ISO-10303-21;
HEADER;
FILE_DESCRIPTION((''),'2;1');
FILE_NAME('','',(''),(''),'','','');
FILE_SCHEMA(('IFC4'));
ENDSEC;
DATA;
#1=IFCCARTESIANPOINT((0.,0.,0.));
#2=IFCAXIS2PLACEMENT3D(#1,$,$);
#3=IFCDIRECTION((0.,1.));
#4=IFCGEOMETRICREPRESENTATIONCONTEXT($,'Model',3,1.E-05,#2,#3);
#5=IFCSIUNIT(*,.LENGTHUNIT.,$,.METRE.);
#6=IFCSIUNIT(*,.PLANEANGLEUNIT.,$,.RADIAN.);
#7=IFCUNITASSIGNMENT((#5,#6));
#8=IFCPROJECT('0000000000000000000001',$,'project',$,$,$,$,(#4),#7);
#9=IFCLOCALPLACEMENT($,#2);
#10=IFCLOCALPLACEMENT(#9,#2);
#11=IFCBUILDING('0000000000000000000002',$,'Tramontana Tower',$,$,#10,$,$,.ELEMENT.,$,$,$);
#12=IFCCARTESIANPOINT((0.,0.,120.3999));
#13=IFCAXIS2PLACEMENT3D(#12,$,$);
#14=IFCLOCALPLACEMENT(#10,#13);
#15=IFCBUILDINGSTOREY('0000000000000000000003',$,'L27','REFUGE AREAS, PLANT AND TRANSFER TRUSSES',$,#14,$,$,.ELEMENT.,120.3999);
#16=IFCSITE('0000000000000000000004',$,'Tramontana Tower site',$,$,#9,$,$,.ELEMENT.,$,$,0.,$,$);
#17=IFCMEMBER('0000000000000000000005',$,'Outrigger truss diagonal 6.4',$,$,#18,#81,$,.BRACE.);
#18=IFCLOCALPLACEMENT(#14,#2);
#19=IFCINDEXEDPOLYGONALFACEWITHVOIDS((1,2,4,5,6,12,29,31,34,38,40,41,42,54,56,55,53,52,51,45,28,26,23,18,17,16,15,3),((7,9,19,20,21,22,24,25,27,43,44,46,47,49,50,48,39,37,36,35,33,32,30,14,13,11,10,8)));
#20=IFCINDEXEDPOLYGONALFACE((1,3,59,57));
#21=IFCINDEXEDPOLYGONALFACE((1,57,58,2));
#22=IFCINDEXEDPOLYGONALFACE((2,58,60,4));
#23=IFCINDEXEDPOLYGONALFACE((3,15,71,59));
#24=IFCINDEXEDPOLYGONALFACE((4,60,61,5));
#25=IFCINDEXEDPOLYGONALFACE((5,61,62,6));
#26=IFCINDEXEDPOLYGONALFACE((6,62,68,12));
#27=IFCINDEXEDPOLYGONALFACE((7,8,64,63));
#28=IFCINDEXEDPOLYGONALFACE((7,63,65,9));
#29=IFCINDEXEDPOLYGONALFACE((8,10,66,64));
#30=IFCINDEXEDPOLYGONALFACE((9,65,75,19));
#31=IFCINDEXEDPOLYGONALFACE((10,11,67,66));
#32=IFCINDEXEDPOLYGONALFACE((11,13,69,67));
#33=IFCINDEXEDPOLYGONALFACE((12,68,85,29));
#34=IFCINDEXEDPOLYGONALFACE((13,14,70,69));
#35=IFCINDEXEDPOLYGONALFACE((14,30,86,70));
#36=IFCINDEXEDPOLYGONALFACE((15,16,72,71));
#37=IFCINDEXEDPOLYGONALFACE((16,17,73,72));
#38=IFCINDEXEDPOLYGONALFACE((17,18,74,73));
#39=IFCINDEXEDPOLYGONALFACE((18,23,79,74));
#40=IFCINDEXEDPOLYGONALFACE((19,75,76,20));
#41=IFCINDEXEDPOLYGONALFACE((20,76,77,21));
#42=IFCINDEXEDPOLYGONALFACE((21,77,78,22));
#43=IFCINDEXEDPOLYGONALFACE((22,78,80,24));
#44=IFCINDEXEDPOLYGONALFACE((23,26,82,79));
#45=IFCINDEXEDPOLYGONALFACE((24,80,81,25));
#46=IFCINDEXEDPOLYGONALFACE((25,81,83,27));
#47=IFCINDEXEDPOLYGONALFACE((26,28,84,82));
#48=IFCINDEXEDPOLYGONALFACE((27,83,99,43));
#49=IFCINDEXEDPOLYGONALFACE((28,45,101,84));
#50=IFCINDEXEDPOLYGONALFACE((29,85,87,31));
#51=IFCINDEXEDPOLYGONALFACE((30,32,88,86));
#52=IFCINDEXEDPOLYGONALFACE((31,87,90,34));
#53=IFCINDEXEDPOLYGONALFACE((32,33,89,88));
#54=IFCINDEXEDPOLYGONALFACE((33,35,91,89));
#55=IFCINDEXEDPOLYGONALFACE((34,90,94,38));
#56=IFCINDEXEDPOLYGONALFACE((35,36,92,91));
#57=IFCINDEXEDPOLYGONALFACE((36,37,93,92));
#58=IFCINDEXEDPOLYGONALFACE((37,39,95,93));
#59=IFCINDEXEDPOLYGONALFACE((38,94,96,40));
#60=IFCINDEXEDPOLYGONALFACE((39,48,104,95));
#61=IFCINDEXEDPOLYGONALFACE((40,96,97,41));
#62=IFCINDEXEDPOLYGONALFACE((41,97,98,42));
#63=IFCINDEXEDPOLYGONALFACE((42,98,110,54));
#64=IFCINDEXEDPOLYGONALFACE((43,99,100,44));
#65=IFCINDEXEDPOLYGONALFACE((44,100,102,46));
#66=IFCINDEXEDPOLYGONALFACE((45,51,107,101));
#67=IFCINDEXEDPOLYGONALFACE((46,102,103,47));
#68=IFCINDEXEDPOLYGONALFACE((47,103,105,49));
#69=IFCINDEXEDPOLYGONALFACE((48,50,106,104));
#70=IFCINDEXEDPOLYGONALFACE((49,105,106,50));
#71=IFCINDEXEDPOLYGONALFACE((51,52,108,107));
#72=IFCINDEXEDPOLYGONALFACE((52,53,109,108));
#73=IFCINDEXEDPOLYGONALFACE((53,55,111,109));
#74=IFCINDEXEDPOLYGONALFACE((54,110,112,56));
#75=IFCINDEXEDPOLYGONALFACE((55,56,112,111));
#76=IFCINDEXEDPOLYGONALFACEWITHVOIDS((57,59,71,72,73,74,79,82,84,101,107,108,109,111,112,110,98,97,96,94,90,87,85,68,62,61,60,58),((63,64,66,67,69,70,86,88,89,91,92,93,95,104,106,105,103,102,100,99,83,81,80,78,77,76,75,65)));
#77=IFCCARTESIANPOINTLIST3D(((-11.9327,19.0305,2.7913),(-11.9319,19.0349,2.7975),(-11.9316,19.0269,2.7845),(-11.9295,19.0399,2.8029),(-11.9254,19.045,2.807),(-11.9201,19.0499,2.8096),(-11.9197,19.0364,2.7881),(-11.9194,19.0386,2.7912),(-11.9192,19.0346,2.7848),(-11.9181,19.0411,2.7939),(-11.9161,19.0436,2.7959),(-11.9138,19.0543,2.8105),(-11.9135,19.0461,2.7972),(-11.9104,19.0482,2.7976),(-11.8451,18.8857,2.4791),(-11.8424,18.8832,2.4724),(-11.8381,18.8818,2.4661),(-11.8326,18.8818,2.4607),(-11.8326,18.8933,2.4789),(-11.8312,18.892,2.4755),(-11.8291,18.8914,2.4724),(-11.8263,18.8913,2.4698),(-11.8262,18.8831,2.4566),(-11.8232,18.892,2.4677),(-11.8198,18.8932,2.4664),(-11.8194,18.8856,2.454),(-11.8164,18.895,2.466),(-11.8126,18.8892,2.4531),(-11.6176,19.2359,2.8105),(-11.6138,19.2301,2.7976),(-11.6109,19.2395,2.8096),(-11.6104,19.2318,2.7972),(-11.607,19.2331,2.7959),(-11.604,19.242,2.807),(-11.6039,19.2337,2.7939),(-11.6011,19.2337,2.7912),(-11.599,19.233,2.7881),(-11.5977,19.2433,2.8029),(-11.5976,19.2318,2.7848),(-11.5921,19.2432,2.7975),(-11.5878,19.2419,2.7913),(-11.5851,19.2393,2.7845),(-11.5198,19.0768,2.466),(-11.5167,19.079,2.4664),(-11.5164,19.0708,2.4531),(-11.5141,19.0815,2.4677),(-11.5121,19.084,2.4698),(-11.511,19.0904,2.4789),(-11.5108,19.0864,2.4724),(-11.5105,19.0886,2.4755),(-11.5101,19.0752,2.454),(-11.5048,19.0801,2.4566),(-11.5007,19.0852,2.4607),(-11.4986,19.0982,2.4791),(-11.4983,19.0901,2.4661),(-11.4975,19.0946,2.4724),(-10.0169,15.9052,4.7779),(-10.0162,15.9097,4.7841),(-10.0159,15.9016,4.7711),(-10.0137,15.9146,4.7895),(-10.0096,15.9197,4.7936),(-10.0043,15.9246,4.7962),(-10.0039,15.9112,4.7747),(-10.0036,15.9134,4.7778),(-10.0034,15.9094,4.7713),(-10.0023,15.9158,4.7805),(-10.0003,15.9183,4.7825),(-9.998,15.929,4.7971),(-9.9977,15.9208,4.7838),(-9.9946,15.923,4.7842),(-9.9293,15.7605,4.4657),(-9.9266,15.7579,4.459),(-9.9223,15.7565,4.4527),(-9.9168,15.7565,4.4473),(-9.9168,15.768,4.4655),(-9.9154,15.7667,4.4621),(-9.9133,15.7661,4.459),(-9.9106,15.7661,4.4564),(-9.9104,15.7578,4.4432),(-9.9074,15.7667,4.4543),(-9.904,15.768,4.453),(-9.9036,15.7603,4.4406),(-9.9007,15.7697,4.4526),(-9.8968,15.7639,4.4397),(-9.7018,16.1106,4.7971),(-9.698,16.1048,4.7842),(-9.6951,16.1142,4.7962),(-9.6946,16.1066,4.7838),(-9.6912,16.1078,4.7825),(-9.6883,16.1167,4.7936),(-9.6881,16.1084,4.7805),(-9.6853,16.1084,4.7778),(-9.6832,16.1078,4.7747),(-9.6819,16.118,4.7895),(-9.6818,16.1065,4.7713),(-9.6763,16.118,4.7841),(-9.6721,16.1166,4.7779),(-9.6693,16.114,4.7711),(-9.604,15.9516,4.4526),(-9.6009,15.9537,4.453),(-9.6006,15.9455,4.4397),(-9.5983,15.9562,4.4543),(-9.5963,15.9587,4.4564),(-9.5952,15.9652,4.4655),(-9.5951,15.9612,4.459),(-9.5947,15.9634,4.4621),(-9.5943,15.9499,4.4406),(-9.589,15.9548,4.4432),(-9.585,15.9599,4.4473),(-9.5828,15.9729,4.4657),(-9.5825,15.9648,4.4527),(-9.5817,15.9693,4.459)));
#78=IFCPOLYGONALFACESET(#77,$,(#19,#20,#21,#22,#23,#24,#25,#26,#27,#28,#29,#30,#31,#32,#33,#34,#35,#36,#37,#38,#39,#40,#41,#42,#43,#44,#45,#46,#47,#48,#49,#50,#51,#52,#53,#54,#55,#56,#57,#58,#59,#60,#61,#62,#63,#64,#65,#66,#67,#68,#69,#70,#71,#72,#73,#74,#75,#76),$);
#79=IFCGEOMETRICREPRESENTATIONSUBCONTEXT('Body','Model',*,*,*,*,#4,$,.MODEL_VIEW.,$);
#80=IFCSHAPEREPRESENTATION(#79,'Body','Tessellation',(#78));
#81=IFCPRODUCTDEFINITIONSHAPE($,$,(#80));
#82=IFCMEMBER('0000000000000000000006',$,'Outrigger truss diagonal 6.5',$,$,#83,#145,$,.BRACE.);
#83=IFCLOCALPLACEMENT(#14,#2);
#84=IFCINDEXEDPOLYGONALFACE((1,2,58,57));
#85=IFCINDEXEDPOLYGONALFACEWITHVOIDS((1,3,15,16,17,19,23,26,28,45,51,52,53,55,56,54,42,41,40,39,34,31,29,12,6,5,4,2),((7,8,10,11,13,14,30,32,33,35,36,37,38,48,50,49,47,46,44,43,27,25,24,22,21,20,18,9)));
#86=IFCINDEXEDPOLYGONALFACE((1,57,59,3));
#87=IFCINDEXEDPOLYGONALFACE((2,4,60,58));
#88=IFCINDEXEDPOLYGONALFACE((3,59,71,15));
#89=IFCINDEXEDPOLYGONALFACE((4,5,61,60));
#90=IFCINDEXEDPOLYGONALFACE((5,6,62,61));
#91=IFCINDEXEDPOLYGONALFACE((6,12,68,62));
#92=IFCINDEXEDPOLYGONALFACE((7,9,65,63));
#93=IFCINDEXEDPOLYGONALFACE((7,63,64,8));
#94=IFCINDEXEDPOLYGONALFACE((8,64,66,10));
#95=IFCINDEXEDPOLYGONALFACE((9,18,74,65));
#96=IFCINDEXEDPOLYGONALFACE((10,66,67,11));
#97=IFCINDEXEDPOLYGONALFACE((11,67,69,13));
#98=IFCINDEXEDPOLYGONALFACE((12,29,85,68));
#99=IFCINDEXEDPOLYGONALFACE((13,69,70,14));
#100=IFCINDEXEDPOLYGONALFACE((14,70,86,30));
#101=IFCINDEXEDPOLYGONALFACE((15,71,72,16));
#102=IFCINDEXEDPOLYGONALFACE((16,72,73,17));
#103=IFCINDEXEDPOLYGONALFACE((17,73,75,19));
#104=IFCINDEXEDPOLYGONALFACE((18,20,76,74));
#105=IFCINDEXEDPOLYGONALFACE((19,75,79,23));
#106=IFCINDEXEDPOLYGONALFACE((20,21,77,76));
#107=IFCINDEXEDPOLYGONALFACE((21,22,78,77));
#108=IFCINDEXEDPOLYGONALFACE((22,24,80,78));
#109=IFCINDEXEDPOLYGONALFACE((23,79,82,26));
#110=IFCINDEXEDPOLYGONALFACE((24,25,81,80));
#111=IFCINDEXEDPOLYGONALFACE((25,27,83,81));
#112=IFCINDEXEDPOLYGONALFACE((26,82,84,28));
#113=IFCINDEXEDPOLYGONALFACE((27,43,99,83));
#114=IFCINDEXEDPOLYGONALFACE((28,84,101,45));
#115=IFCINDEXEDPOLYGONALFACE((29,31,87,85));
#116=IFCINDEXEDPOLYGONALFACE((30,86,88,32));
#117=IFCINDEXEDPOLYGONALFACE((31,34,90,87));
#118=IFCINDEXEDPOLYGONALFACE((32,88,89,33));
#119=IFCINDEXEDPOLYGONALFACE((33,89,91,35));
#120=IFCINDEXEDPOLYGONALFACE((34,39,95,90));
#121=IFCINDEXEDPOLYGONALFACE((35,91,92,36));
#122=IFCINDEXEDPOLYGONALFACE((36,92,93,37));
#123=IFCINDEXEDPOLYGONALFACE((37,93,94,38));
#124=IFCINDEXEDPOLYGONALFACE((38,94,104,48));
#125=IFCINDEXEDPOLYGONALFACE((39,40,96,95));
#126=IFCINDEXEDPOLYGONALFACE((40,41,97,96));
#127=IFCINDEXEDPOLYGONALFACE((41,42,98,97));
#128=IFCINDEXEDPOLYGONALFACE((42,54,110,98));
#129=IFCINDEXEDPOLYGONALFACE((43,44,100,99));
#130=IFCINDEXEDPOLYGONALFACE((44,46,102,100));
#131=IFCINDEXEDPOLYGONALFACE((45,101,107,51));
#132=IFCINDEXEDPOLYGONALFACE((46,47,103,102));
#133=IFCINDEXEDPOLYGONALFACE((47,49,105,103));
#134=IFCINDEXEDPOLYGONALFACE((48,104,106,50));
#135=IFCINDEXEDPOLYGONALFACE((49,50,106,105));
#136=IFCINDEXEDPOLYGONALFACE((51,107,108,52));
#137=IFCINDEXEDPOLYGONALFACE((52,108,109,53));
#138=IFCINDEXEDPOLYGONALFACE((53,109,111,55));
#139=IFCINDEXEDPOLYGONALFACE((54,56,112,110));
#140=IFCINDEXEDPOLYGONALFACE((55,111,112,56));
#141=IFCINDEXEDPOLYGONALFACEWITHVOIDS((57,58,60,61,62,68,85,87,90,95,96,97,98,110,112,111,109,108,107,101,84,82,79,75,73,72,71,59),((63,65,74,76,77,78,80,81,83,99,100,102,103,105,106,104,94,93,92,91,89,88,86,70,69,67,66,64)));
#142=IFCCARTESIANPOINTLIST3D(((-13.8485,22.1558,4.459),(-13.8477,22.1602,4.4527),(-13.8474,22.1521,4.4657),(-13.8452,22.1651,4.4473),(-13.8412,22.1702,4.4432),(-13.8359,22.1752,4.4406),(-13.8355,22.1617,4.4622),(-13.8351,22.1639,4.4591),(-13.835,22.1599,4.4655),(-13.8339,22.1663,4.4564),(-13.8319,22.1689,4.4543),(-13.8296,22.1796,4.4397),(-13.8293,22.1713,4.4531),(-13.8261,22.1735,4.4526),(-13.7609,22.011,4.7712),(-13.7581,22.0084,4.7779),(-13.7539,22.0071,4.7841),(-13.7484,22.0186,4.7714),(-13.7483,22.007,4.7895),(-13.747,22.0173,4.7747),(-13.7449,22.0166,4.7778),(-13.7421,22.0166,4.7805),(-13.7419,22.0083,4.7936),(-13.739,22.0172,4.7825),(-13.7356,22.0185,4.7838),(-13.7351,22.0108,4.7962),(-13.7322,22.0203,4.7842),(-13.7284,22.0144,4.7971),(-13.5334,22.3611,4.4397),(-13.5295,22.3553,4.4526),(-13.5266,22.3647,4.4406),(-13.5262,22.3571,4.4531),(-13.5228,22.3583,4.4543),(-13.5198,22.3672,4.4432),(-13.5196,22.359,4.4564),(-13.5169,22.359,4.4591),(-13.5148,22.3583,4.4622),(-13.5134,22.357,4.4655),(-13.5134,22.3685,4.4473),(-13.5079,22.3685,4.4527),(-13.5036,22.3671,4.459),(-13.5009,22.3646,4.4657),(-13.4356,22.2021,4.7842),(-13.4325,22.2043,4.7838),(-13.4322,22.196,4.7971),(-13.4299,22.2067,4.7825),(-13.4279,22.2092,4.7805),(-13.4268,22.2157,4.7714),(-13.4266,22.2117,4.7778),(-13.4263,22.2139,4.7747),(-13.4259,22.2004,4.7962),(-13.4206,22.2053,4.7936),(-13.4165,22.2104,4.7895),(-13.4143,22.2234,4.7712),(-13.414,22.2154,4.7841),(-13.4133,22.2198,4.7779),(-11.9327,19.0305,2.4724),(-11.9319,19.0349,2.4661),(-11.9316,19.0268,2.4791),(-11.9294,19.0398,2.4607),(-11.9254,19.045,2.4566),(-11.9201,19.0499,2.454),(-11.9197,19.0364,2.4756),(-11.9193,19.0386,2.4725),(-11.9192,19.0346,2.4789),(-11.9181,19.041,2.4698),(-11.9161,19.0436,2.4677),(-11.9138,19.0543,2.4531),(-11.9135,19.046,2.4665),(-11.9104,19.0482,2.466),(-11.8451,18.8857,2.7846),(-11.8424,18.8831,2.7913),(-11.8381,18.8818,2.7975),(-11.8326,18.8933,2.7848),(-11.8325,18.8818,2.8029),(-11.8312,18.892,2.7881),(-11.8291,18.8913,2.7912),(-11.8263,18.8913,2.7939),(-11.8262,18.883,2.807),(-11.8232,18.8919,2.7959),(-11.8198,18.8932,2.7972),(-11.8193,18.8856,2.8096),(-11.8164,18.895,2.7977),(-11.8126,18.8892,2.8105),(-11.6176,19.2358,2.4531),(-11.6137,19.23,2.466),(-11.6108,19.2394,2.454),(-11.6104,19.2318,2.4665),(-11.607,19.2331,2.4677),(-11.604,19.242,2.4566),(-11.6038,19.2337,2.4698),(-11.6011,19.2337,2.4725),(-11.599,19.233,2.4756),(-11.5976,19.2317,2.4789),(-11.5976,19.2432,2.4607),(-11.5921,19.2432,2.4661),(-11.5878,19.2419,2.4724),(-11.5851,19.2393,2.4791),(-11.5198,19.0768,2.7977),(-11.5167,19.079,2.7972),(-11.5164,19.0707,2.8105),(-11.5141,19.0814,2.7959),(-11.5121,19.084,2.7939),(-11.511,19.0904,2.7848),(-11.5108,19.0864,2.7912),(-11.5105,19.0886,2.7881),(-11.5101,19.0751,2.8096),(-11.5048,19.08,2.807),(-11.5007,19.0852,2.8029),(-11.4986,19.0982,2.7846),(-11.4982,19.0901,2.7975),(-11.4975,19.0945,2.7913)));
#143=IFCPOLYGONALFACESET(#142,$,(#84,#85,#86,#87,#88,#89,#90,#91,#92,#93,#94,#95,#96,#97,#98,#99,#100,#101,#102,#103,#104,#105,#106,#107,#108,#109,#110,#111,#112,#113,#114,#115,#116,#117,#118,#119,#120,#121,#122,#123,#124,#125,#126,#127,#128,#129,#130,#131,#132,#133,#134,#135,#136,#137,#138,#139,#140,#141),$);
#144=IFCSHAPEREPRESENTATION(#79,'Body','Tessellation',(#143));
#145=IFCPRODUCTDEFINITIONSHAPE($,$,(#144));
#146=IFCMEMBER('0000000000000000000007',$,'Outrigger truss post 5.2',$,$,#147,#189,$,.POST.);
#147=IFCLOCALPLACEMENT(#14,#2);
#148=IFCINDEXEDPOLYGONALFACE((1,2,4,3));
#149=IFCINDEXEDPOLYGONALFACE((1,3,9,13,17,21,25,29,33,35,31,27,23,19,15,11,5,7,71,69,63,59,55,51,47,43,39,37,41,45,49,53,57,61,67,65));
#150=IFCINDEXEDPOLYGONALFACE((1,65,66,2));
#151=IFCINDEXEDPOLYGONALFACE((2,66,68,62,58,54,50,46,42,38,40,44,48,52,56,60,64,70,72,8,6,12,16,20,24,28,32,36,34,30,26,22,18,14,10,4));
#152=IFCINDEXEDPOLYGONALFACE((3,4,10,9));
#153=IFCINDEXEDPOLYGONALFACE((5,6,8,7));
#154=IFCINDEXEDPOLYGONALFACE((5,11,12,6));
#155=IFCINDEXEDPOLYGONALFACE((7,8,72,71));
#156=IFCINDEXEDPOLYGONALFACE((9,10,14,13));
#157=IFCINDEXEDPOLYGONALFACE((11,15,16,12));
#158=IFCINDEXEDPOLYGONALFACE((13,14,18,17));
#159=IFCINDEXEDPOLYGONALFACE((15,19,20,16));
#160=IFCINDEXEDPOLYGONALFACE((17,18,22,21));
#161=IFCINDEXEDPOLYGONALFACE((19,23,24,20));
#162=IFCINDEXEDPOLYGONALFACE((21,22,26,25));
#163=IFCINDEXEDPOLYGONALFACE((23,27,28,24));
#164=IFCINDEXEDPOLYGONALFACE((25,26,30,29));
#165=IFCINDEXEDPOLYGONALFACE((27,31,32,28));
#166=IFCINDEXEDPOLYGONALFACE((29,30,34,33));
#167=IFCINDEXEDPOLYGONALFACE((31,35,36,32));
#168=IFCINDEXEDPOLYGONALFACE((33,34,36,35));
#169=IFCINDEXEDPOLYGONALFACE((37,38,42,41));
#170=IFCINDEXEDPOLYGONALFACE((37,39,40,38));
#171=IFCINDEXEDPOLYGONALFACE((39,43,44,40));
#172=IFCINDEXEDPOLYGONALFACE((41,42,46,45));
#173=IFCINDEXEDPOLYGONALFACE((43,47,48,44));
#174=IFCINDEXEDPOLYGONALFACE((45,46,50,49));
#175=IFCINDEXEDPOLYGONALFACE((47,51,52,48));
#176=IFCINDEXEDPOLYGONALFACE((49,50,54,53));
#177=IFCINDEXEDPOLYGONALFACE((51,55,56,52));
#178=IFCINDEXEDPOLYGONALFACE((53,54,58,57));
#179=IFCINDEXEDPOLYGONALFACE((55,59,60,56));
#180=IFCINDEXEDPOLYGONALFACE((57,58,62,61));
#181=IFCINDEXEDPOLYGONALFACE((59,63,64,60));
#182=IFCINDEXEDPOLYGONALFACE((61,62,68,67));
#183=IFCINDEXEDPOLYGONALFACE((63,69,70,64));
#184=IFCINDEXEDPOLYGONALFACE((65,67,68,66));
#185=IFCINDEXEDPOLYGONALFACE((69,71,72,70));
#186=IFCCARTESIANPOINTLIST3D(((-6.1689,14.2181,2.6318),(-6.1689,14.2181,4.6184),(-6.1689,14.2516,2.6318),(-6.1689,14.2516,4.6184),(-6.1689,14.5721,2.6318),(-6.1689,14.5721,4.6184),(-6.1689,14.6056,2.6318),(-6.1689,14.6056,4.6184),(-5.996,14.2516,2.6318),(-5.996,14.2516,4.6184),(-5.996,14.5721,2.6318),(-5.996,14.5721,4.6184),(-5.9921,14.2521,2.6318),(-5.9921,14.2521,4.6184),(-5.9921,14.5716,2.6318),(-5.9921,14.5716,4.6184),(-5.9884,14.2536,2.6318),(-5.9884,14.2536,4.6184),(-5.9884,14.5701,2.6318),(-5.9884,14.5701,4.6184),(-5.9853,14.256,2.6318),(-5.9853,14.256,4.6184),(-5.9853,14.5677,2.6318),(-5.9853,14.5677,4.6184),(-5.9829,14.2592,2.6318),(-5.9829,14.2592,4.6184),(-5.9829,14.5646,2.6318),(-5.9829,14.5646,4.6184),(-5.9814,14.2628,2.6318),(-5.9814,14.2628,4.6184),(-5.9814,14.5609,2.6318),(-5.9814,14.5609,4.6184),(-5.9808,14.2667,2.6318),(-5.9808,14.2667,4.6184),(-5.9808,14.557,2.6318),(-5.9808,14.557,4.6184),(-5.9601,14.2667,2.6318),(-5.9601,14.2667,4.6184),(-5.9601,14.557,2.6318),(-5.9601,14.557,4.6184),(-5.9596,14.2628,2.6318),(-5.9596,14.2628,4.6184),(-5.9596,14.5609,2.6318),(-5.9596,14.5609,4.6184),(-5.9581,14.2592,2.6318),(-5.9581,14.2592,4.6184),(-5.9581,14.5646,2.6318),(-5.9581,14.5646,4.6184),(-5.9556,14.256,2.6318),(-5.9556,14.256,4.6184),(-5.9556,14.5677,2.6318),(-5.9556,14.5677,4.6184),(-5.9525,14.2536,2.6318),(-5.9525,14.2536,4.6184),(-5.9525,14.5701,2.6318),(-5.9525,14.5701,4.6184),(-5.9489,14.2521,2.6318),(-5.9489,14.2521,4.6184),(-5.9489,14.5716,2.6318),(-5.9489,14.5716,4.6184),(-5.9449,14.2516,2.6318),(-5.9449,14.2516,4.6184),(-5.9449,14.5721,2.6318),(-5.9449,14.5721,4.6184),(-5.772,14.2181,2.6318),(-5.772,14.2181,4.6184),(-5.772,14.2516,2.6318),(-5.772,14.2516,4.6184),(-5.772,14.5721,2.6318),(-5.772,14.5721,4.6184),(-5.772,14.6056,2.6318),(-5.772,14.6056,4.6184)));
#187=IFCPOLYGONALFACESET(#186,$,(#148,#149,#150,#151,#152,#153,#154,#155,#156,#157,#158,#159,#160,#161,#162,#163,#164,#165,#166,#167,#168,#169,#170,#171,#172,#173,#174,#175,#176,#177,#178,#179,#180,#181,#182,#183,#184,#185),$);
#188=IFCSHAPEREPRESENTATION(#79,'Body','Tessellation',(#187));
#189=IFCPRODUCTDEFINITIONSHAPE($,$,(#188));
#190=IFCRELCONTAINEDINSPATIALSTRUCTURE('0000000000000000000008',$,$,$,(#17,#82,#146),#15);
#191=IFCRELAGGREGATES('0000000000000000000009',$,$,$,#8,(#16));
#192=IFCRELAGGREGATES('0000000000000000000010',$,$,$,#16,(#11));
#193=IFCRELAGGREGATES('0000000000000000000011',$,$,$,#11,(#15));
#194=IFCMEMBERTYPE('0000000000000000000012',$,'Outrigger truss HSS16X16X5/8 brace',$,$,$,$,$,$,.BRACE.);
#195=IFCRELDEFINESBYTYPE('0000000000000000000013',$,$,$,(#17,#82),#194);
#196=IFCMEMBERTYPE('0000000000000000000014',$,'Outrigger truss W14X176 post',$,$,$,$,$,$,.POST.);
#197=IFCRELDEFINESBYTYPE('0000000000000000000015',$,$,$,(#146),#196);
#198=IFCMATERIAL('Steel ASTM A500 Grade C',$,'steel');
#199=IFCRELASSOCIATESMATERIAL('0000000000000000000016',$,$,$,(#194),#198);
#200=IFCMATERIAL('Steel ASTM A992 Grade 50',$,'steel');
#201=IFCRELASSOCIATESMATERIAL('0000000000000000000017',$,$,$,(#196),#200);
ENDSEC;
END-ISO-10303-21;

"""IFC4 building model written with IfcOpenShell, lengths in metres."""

from ifc_helpers import new_model, si_unit, direction, frame, origin, origin_2d, place, context, subcontext, project, spatial, hollow_rectangle, i_section, extrude, material, material_profile, profile_set, type_object, element, save


model = new_model("IFC4")

# Units and contexts
model_context = context("Model", 3, precision=1e-05, world=origin(), true_north=direction((0.0, 1.0)))
body_context = subcontext(model_context, "Body", "Model", "MODEL_VIEW")
ifc_project = project(units=[si_unit("LENGTHUNIT", "METRE"), si_unit("PLANEANGLEUNIT", "RADIAN")], contexts=[model_context])

# Site, building, storey
site_placement = place(None, origin())
site = spatial("IfcSite", under=ifc_project, at=site_placement, Name="Tramontana Tower site", CompositionType="ELEMENT", RefElevation=0.0)
building_placement = place(site_placement, origin())
building = spatial("IfcBuilding", under=site, at=building_placement, Name="Tramontana Tower", CompositionType="ELEMENT")
storey_placement = place(building_placement, frame((0.0, 0.0, 120.3999)))
storey = spatial("IfcBuildingStorey", under=building, at=storey_placement, Name="L27", Description="REFUGE AREAS, PLANT AND TRANSFER TRUSSES", CompositionType="ELEMENT", Elevation=120.3999)

# Members
ifc_material_1 = material(Name="Steel ASTM A500 Grade C", Category="steel")
ifc_material_profile_1 = material_profile(ifc_material_1, hollow_rectangle(XDim=0.4065, YDim=0.4065, WallThickness=0.0146, InnerFilletRadius=0.0146, OuterFilletRadius=0.0295, at=origin_2d()), Name="HSS16X16X5/8")
ifc_profile_set_1 = profile_set([ifc_material_profile_1], Name="Steel ASTM A500 Grade C")
member_type_1 = type_object("IfcMemberType", Name="Outrigger truss HSS16X16X5/8 brace", PredefinedType="BRACE", material=ifc_profile_set_1)
for number, where, z_axis, x_axis, name in (
    (1, (-9.7993, 15.9373, 4.6184), (-0.459485, 0.749569, -0.476466), (-0.852565, -0.522621, 0.0), "Outrigger truss diagonal 6.4"),
    (2, (-11.7151, 19.0625, 2.6318), (-0.459485, 0.749569, 0.476466), (-0.852565, -0.522621, 0.0), "Outrigger truss diagonal 6.5"),
):
    element("IfcMember", number, at=place(storey_placement, frame(where, z_axis=z_axis, x_axis=x_axis)), inside=storey, type_object=member_type_1, Name=name, PredefinedType="BRACE", context=body_context, shape_type="SweptSolid", body=[
        extrude(hollow_rectangle(XDim=0.4065, YDim=0.4065, WallThickness=0.0146, InnerFilletRadius=0.0146, OuterFilletRadius=0.0295, at=origin_2d()), origin(), (0.0, 0.0, 1.0), 4.1694),
    ])
ifc_material_2 = material(Name="Steel ASTM A992 Grade 50", Category="steel")
ifc_material_profile_2 = material_profile(ifc_material_2, i_section(OverallWidth=0.397, OverallDepth=0.3875, WebThickness=0.0208, FlangeThickness=0.0334, FilletRadius=0.0151, at=origin_2d()), Name="W14X176")
ifc_profile_set_2 = profile_set([ifc_material_profile_2], Name="Steel ASTM A992 Grade 50")
member_type_2 = type_object("IfcMemberType", Name="Outrigger truss W14X176 post", PredefinedType="POST", material=ifc_profile_set_2)
for number, where, z_axis, x_axis, name in (
    (3, (-5.9705, 14.4119, 2.6318), (0.0, 0.0, 1.0), (1.0, 0.0, 0.0), "Outrigger truss post 5.2"),
):
    element("IfcMember", number, at=place(storey_placement, frame(where, z_axis=z_axis, x_axis=x_axis)), inside=storey, type_object=member_type_2, Name=name, PredefinedType="POST", context=body_context, shape_type="SweptSolid", body=[
        extrude(i_section(OverallWidth=0.397, OverallDepth=0.3875, WebThickness=0.0208, FlangeThickness=0.0334, FilletRadius=0.0151, at=origin_2d()), origin(), (0.0, 0.0, 1.0), 1.9866),
    ])

save(model, "model.ifc")
